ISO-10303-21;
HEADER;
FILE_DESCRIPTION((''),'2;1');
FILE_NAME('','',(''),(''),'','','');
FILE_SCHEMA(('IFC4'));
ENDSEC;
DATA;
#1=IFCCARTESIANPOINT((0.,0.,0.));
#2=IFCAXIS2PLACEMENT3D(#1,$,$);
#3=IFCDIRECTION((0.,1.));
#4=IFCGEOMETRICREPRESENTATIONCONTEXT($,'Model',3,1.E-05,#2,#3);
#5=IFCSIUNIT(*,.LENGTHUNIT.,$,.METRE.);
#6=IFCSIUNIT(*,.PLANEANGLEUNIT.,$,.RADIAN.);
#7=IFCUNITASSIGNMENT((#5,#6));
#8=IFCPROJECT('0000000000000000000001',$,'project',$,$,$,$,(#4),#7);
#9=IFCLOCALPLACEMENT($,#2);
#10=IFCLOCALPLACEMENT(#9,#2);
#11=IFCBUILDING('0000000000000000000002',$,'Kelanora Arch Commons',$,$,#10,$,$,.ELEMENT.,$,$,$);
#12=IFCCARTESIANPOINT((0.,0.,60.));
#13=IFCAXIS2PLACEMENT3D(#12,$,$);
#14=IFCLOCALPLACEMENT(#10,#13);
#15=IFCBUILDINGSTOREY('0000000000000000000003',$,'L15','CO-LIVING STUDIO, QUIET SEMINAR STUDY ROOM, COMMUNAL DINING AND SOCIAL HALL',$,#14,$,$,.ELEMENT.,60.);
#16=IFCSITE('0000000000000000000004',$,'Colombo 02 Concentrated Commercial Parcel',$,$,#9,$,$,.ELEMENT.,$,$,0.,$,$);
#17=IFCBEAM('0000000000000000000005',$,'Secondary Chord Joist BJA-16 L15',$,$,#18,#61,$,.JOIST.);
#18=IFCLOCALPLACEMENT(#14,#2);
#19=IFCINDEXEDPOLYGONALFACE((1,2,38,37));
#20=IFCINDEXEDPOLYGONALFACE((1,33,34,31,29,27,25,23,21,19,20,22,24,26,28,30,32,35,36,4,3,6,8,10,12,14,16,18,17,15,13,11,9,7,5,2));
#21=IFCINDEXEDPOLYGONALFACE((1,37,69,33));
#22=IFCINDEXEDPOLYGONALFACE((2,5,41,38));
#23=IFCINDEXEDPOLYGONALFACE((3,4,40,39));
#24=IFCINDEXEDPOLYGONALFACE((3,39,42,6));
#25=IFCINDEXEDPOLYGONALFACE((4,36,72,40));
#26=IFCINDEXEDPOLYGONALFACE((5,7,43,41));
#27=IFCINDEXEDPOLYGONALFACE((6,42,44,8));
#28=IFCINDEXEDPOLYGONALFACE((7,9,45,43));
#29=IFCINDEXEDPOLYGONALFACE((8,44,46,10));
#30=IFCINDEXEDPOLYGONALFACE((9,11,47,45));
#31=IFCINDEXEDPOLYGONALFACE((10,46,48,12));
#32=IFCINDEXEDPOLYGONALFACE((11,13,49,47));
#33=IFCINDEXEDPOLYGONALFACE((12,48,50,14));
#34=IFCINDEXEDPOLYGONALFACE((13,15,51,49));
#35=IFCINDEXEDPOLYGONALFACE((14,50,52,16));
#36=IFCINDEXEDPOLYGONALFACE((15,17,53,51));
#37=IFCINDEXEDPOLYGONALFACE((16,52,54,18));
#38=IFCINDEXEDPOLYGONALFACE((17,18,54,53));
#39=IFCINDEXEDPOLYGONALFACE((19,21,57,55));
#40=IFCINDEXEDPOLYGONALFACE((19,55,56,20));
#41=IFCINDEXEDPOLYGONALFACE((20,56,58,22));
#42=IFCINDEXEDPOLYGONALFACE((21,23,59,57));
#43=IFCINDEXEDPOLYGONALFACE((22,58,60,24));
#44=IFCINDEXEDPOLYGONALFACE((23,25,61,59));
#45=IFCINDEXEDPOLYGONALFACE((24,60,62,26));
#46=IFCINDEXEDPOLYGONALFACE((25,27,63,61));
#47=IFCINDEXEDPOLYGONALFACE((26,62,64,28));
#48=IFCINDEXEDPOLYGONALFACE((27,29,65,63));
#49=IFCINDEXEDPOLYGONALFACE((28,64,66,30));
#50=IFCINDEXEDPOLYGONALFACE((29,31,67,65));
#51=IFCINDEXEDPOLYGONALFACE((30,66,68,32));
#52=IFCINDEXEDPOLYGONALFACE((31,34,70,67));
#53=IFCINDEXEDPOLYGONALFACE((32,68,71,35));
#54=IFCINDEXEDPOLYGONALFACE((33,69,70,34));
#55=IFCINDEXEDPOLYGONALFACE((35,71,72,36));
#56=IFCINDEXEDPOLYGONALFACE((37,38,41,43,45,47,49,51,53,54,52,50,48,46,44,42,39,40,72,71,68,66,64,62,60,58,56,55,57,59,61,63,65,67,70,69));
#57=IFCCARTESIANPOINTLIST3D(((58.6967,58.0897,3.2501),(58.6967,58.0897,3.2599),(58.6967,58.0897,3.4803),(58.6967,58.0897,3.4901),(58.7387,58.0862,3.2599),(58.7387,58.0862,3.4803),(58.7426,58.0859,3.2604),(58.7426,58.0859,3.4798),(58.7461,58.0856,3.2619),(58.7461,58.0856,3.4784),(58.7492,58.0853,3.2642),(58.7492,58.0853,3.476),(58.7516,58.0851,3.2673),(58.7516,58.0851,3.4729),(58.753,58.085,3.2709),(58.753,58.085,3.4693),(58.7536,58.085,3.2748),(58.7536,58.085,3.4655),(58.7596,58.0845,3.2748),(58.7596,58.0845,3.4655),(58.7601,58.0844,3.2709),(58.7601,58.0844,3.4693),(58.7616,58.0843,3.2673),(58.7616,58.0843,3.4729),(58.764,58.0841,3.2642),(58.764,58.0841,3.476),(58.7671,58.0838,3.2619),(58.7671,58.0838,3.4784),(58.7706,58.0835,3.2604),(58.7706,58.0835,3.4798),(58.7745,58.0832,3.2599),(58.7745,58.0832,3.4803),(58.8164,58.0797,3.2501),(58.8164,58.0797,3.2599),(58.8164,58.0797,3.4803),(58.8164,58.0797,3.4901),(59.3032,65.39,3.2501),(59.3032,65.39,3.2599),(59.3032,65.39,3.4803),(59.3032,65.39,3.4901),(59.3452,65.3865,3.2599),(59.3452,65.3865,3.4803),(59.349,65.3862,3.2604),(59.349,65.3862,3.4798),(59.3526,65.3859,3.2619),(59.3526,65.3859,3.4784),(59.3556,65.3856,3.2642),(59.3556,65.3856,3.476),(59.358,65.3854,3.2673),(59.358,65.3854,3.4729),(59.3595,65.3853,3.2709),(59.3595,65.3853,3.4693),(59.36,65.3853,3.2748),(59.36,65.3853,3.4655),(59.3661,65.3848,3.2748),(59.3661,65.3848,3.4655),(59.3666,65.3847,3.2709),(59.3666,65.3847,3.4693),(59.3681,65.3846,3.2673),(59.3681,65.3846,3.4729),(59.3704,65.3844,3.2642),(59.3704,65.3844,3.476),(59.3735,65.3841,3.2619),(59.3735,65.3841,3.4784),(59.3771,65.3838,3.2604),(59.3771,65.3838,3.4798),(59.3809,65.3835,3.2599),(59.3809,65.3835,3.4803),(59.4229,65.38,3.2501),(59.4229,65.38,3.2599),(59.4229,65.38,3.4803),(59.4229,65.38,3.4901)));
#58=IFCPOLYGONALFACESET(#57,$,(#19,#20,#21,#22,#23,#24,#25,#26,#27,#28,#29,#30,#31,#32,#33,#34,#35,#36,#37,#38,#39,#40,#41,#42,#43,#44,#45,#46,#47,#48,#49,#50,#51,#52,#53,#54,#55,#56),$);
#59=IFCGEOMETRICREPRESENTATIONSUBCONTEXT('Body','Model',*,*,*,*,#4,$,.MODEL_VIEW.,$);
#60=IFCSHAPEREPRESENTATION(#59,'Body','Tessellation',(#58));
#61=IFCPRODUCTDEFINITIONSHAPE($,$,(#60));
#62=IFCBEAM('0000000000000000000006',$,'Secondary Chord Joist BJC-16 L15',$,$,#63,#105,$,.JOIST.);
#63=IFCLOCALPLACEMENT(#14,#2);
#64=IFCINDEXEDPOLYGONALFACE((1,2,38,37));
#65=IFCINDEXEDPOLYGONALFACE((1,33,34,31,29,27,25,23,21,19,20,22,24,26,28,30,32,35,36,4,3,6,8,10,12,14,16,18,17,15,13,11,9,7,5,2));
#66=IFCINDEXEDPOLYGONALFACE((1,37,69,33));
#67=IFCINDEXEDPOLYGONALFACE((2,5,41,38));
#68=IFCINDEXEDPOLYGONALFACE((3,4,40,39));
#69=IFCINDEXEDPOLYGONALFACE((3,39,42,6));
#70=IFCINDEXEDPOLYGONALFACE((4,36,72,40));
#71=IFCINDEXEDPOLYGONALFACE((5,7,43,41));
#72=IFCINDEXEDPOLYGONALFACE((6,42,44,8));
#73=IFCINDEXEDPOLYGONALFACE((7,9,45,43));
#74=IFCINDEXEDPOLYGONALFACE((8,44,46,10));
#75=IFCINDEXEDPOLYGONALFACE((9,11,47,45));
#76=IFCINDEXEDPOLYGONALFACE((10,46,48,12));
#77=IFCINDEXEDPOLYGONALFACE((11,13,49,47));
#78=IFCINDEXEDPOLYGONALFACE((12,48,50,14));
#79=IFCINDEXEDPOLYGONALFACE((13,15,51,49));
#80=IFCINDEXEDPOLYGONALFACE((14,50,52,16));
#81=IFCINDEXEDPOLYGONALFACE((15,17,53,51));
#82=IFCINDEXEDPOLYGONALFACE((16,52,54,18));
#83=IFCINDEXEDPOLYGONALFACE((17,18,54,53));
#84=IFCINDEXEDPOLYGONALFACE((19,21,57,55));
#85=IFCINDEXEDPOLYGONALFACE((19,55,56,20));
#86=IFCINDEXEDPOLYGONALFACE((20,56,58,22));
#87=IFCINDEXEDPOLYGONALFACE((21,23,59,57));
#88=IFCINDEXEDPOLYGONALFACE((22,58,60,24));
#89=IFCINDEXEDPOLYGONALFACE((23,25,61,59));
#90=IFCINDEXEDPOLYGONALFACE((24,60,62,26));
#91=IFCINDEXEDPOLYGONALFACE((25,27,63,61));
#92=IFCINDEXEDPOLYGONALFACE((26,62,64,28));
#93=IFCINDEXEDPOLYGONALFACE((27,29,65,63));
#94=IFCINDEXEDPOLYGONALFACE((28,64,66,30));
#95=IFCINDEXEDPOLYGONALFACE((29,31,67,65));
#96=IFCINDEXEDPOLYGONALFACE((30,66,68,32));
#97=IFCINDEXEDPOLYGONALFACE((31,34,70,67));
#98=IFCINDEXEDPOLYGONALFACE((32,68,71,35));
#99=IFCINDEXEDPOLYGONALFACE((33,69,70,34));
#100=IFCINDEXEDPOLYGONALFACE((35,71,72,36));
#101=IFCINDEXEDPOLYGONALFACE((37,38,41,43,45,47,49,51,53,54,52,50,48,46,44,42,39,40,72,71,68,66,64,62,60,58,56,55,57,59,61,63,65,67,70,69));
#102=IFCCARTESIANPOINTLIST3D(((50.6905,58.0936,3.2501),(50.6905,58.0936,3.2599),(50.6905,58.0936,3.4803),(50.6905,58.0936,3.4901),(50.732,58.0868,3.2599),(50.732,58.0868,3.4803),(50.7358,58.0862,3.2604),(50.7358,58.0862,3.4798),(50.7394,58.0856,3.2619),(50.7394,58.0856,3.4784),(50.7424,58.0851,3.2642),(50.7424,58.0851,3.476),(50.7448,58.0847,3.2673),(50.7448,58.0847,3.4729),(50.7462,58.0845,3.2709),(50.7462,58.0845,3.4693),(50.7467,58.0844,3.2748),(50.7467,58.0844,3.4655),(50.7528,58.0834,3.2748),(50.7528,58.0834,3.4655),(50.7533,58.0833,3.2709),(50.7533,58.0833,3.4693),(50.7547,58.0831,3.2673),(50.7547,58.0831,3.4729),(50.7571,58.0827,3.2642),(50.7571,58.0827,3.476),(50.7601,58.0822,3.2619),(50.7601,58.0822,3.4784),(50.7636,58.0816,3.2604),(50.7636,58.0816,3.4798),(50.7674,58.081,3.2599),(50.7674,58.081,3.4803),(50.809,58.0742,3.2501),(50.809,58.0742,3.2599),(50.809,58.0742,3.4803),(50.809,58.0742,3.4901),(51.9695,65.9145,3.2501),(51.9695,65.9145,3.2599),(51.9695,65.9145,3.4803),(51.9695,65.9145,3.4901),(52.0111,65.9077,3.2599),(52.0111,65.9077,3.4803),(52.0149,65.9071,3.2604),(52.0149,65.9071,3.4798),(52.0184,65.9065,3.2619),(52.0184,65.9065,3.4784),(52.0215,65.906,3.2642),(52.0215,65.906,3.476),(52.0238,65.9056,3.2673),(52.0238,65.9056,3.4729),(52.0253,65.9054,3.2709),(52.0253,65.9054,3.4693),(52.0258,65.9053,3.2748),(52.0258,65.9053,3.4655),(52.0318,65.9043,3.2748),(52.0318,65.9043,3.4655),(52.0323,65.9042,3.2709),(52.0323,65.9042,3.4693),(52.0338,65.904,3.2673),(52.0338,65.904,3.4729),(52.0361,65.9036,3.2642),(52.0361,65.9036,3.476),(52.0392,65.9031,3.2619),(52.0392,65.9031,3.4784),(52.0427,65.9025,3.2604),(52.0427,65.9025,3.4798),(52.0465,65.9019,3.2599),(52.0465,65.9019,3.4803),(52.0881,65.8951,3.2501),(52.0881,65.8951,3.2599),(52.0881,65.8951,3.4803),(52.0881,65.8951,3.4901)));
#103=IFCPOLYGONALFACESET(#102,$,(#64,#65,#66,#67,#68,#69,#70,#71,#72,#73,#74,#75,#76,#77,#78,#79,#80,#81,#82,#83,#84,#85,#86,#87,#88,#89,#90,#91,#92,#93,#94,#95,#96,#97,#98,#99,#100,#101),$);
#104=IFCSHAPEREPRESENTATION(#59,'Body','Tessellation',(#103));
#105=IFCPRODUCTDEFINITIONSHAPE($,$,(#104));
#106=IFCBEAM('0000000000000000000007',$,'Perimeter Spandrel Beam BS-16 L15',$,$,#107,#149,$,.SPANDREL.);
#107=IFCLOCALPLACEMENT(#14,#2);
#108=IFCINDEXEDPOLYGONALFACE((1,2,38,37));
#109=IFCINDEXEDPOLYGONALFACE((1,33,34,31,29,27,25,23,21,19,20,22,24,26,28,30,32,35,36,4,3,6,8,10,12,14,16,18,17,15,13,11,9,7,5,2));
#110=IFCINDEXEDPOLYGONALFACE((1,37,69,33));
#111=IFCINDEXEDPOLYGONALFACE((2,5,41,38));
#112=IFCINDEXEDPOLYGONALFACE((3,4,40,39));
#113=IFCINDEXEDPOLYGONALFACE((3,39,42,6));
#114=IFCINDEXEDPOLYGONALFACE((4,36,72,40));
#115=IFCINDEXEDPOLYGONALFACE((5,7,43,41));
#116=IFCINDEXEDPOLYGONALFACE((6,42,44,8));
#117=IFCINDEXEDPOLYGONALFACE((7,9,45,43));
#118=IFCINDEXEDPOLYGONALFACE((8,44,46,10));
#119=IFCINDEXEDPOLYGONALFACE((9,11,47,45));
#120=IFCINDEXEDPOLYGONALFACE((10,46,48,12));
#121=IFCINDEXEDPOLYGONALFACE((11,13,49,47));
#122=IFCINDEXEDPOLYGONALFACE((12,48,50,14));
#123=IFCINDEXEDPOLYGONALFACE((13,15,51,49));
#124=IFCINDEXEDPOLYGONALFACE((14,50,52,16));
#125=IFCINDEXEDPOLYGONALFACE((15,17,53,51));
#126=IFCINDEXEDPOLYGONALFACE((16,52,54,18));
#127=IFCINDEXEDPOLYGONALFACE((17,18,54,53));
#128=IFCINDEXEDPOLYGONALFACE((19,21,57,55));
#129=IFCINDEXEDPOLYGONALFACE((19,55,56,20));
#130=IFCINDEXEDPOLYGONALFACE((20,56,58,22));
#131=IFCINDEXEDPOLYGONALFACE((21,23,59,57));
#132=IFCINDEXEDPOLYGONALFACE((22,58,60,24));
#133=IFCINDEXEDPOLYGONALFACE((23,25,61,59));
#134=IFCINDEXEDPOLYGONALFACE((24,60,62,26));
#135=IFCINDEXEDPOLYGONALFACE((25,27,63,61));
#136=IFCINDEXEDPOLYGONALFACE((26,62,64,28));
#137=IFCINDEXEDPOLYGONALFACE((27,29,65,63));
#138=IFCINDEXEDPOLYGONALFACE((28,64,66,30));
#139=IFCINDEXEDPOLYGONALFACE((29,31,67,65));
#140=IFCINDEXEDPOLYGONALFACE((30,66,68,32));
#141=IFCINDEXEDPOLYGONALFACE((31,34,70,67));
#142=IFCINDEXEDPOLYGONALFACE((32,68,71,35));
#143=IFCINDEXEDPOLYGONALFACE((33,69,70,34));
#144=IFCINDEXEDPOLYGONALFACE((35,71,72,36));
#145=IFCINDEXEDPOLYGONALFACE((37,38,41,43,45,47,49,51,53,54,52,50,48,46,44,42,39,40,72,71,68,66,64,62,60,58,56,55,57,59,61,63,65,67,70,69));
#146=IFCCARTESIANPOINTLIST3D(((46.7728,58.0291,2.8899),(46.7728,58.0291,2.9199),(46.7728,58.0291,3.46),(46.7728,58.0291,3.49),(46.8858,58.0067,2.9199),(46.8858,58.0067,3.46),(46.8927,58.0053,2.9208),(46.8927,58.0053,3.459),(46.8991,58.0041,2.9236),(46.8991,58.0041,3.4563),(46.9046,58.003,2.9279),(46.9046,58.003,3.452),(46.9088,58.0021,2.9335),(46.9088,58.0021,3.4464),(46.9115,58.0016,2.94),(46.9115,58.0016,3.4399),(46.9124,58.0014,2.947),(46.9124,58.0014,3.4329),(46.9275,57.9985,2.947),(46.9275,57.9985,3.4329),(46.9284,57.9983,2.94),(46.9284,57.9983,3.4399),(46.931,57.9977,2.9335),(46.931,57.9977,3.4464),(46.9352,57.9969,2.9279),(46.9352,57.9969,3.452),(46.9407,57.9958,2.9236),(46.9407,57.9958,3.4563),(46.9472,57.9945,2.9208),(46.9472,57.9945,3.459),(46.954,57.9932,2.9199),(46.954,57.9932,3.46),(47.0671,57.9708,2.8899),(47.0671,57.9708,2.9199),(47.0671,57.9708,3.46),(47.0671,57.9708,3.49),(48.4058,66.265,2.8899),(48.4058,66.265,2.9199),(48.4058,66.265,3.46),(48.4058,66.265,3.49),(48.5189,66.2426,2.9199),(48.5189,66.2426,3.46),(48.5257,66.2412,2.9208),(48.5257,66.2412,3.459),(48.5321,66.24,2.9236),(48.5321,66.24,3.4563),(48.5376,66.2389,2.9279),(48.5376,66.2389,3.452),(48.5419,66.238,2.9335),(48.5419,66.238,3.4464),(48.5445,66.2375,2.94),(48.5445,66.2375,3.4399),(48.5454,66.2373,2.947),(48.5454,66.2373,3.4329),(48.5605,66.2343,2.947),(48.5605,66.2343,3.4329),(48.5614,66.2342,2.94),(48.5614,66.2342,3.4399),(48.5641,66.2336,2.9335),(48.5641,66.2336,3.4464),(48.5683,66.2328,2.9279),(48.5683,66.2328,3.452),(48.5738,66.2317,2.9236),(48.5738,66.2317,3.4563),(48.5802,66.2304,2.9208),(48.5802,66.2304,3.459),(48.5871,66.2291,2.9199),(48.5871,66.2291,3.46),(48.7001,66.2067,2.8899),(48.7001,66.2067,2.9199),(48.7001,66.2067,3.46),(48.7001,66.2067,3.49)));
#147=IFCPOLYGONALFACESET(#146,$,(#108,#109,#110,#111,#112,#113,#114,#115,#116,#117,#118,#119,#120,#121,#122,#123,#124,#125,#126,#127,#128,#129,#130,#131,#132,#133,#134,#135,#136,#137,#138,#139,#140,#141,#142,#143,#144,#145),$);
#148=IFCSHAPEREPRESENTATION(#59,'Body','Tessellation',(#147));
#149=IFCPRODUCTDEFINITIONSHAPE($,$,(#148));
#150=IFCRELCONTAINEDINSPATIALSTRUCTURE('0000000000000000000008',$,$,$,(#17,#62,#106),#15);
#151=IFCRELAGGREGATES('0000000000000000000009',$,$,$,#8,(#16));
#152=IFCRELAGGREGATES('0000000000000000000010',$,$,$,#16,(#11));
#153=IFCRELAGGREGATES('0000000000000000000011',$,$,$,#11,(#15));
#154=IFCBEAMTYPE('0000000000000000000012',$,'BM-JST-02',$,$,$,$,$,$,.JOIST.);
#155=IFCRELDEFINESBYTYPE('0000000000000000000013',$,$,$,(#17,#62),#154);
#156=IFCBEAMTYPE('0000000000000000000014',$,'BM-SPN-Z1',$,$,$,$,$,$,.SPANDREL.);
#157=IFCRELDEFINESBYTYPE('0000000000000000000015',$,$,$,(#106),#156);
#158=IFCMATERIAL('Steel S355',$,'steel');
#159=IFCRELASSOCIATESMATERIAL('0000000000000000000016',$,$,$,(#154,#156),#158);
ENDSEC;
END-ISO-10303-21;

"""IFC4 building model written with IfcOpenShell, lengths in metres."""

from ifc_helpers import new_model, si_unit, direction, frame, origin, origin_2d, place, context, subcontext, project, spatial, i_section, extrude, material, material_profile, profile_set, type_object, element, save


model = new_model("IFC4")

# Units and contexts
model_context = context("Model", 3, precision=1e-05, world=origin(), true_north=direction((0.0, 1.0)))
body_context = subcontext(model_context, "Body", "Model", "MODEL_VIEW")
ifc_project = project(units=[si_unit("LENGTHUNIT", "METRE"), si_unit("PLANEANGLEUNIT", "RADIAN")], contexts=[model_context])

# Site, building, storey
site_placement = place(None, origin())
site = spatial("IfcSite", under=ifc_project, at=site_placement, Name="Colombo 02 Concentrated Commercial Parcel", CompositionType="ELEMENT", RefElevation=0.0)
building_placement = place(site_placement, origin())
building = spatial("IfcBuilding", under=site, at=building_placement, Name="Kelanora Arch Commons", CompositionType="ELEMENT")
storey_placement = place(building_placement, frame((0.0, 0.0, 60.0)))
storey = spatial("IfcBuildingStorey", under=building, at=storey_placement, Name="L15", Description="CO-LIVING STUDIO, QUIET SEMINAR STUDY ROOM, COMMUNAL DINING AND SOCIAL HALL", CompositionType="ELEMENT", Elevation=60.0)

# Beams
ifc_material_1 = material(Name="Steel S355", Category="steel")
ifc_material_profile_1 = material_profile(ifc_material_1, i_section(OverallWidth=0.1201, OverallDepth=0.24, WebThickness=0.0061, FlangeThickness=0.0098, FilletRadius=0.0149, at=origin_2d()), Name="IPE240")
ifc_profile_set_1 = profile_set([ifc_material_profile_1], Name="Steel S355")
beam_type_1 = type_object("IfcBeamType", Name="BM-JST-02", PredefinedType="JOIST", material=ifc_profile_set_1)
beam_1_placement = place(storey_placement, frame((59.363, 65.385, 3.3701), z_axis=(-0.082786, -0.996567, 0.0), x_axis=(0.996567, -0.082786, 0.0)))
element("IfcBeam", 1, at=beam_1_placement, inside=storey, type_object=beam_type_1, Name="Secondary Chord Joist BJA-16 L15", PredefinedType="JOIST", context=body_context, shape_type="SweptSolid", body=[
    extrude(i_section(OverallWidth=0.1201, OverallDepth=0.24, WebThickness=0.0061, FlangeThickness=0.0098, FilletRadius=0.0149, at=origin_2d()), origin(), (0.0, 0.0, 1.0), 7.3254),
])
beam_2_placement = place(storey_placement, frame((52.0288, 65.9048, 3.3701), z_axis=(-0.161401, -0.986889, 0.0), x_axis=(0.986889, -0.161401, 0.0)))
element("IfcBeam", 2, at=beam_2_placement, inside=storey, type_object=beam_type_1, Name="Secondary Chord Joist BJC-16 L15", PredefinedType="JOIST", context=body_context, shape_type="SweptSolid", body=[
    extrude(i_section(OverallWidth=0.1201, OverallDepth=0.24, WebThickness=0.0061, FlangeThickness=0.0098, FilletRadius=0.0149, at=origin_2d()), origin(), (0.0, 0.0, 1.0), 7.9248),
])
ifc_material_profile_2 = material_profile(ifc_material_1, i_section(OverallWidth=0.3, OverallDepth=0.6001, WebThickness=0.0154, FlangeThickness=0.03, FilletRadius=0.0271, at=origin_2d()), Name="HEB600")
ifc_profile_set_2 = profile_set([ifc_material_profile_2], Name="Steel S355")
beam_type_2 = type_object("IfcBeamType", Name="BM-SPN-Z1", PredefinedType="SPANDREL", material=ifc_profile_set_2)
beam_3_placement = place(storey_placement, frame((48.553, 66.2358, 3.1899), z_axis=(-0.1945, -0.980903, 0.0), x_axis=(0.980903, -0.1945, 0.0)))
element("IfcBeam", 3, at=beam_3_placement, inside=storey, type_object=beam_type_2, Name="Perimeter Spandrel Beam BS-16 L15", PredefinedType="SPANDREL", context=body_context, shape_type="SweptSolid", body=[
    extrude(i_section(OverallWidth=0.3, OverallDepth=0.6001, WebThickness=0.0154, FlangeThickness=0.03, FilletRadius=0.0271, at=origin_2d()), origin(), (0.0, 0.0, 1.0), 8.3962),
])

save(model, "model.ifc")
